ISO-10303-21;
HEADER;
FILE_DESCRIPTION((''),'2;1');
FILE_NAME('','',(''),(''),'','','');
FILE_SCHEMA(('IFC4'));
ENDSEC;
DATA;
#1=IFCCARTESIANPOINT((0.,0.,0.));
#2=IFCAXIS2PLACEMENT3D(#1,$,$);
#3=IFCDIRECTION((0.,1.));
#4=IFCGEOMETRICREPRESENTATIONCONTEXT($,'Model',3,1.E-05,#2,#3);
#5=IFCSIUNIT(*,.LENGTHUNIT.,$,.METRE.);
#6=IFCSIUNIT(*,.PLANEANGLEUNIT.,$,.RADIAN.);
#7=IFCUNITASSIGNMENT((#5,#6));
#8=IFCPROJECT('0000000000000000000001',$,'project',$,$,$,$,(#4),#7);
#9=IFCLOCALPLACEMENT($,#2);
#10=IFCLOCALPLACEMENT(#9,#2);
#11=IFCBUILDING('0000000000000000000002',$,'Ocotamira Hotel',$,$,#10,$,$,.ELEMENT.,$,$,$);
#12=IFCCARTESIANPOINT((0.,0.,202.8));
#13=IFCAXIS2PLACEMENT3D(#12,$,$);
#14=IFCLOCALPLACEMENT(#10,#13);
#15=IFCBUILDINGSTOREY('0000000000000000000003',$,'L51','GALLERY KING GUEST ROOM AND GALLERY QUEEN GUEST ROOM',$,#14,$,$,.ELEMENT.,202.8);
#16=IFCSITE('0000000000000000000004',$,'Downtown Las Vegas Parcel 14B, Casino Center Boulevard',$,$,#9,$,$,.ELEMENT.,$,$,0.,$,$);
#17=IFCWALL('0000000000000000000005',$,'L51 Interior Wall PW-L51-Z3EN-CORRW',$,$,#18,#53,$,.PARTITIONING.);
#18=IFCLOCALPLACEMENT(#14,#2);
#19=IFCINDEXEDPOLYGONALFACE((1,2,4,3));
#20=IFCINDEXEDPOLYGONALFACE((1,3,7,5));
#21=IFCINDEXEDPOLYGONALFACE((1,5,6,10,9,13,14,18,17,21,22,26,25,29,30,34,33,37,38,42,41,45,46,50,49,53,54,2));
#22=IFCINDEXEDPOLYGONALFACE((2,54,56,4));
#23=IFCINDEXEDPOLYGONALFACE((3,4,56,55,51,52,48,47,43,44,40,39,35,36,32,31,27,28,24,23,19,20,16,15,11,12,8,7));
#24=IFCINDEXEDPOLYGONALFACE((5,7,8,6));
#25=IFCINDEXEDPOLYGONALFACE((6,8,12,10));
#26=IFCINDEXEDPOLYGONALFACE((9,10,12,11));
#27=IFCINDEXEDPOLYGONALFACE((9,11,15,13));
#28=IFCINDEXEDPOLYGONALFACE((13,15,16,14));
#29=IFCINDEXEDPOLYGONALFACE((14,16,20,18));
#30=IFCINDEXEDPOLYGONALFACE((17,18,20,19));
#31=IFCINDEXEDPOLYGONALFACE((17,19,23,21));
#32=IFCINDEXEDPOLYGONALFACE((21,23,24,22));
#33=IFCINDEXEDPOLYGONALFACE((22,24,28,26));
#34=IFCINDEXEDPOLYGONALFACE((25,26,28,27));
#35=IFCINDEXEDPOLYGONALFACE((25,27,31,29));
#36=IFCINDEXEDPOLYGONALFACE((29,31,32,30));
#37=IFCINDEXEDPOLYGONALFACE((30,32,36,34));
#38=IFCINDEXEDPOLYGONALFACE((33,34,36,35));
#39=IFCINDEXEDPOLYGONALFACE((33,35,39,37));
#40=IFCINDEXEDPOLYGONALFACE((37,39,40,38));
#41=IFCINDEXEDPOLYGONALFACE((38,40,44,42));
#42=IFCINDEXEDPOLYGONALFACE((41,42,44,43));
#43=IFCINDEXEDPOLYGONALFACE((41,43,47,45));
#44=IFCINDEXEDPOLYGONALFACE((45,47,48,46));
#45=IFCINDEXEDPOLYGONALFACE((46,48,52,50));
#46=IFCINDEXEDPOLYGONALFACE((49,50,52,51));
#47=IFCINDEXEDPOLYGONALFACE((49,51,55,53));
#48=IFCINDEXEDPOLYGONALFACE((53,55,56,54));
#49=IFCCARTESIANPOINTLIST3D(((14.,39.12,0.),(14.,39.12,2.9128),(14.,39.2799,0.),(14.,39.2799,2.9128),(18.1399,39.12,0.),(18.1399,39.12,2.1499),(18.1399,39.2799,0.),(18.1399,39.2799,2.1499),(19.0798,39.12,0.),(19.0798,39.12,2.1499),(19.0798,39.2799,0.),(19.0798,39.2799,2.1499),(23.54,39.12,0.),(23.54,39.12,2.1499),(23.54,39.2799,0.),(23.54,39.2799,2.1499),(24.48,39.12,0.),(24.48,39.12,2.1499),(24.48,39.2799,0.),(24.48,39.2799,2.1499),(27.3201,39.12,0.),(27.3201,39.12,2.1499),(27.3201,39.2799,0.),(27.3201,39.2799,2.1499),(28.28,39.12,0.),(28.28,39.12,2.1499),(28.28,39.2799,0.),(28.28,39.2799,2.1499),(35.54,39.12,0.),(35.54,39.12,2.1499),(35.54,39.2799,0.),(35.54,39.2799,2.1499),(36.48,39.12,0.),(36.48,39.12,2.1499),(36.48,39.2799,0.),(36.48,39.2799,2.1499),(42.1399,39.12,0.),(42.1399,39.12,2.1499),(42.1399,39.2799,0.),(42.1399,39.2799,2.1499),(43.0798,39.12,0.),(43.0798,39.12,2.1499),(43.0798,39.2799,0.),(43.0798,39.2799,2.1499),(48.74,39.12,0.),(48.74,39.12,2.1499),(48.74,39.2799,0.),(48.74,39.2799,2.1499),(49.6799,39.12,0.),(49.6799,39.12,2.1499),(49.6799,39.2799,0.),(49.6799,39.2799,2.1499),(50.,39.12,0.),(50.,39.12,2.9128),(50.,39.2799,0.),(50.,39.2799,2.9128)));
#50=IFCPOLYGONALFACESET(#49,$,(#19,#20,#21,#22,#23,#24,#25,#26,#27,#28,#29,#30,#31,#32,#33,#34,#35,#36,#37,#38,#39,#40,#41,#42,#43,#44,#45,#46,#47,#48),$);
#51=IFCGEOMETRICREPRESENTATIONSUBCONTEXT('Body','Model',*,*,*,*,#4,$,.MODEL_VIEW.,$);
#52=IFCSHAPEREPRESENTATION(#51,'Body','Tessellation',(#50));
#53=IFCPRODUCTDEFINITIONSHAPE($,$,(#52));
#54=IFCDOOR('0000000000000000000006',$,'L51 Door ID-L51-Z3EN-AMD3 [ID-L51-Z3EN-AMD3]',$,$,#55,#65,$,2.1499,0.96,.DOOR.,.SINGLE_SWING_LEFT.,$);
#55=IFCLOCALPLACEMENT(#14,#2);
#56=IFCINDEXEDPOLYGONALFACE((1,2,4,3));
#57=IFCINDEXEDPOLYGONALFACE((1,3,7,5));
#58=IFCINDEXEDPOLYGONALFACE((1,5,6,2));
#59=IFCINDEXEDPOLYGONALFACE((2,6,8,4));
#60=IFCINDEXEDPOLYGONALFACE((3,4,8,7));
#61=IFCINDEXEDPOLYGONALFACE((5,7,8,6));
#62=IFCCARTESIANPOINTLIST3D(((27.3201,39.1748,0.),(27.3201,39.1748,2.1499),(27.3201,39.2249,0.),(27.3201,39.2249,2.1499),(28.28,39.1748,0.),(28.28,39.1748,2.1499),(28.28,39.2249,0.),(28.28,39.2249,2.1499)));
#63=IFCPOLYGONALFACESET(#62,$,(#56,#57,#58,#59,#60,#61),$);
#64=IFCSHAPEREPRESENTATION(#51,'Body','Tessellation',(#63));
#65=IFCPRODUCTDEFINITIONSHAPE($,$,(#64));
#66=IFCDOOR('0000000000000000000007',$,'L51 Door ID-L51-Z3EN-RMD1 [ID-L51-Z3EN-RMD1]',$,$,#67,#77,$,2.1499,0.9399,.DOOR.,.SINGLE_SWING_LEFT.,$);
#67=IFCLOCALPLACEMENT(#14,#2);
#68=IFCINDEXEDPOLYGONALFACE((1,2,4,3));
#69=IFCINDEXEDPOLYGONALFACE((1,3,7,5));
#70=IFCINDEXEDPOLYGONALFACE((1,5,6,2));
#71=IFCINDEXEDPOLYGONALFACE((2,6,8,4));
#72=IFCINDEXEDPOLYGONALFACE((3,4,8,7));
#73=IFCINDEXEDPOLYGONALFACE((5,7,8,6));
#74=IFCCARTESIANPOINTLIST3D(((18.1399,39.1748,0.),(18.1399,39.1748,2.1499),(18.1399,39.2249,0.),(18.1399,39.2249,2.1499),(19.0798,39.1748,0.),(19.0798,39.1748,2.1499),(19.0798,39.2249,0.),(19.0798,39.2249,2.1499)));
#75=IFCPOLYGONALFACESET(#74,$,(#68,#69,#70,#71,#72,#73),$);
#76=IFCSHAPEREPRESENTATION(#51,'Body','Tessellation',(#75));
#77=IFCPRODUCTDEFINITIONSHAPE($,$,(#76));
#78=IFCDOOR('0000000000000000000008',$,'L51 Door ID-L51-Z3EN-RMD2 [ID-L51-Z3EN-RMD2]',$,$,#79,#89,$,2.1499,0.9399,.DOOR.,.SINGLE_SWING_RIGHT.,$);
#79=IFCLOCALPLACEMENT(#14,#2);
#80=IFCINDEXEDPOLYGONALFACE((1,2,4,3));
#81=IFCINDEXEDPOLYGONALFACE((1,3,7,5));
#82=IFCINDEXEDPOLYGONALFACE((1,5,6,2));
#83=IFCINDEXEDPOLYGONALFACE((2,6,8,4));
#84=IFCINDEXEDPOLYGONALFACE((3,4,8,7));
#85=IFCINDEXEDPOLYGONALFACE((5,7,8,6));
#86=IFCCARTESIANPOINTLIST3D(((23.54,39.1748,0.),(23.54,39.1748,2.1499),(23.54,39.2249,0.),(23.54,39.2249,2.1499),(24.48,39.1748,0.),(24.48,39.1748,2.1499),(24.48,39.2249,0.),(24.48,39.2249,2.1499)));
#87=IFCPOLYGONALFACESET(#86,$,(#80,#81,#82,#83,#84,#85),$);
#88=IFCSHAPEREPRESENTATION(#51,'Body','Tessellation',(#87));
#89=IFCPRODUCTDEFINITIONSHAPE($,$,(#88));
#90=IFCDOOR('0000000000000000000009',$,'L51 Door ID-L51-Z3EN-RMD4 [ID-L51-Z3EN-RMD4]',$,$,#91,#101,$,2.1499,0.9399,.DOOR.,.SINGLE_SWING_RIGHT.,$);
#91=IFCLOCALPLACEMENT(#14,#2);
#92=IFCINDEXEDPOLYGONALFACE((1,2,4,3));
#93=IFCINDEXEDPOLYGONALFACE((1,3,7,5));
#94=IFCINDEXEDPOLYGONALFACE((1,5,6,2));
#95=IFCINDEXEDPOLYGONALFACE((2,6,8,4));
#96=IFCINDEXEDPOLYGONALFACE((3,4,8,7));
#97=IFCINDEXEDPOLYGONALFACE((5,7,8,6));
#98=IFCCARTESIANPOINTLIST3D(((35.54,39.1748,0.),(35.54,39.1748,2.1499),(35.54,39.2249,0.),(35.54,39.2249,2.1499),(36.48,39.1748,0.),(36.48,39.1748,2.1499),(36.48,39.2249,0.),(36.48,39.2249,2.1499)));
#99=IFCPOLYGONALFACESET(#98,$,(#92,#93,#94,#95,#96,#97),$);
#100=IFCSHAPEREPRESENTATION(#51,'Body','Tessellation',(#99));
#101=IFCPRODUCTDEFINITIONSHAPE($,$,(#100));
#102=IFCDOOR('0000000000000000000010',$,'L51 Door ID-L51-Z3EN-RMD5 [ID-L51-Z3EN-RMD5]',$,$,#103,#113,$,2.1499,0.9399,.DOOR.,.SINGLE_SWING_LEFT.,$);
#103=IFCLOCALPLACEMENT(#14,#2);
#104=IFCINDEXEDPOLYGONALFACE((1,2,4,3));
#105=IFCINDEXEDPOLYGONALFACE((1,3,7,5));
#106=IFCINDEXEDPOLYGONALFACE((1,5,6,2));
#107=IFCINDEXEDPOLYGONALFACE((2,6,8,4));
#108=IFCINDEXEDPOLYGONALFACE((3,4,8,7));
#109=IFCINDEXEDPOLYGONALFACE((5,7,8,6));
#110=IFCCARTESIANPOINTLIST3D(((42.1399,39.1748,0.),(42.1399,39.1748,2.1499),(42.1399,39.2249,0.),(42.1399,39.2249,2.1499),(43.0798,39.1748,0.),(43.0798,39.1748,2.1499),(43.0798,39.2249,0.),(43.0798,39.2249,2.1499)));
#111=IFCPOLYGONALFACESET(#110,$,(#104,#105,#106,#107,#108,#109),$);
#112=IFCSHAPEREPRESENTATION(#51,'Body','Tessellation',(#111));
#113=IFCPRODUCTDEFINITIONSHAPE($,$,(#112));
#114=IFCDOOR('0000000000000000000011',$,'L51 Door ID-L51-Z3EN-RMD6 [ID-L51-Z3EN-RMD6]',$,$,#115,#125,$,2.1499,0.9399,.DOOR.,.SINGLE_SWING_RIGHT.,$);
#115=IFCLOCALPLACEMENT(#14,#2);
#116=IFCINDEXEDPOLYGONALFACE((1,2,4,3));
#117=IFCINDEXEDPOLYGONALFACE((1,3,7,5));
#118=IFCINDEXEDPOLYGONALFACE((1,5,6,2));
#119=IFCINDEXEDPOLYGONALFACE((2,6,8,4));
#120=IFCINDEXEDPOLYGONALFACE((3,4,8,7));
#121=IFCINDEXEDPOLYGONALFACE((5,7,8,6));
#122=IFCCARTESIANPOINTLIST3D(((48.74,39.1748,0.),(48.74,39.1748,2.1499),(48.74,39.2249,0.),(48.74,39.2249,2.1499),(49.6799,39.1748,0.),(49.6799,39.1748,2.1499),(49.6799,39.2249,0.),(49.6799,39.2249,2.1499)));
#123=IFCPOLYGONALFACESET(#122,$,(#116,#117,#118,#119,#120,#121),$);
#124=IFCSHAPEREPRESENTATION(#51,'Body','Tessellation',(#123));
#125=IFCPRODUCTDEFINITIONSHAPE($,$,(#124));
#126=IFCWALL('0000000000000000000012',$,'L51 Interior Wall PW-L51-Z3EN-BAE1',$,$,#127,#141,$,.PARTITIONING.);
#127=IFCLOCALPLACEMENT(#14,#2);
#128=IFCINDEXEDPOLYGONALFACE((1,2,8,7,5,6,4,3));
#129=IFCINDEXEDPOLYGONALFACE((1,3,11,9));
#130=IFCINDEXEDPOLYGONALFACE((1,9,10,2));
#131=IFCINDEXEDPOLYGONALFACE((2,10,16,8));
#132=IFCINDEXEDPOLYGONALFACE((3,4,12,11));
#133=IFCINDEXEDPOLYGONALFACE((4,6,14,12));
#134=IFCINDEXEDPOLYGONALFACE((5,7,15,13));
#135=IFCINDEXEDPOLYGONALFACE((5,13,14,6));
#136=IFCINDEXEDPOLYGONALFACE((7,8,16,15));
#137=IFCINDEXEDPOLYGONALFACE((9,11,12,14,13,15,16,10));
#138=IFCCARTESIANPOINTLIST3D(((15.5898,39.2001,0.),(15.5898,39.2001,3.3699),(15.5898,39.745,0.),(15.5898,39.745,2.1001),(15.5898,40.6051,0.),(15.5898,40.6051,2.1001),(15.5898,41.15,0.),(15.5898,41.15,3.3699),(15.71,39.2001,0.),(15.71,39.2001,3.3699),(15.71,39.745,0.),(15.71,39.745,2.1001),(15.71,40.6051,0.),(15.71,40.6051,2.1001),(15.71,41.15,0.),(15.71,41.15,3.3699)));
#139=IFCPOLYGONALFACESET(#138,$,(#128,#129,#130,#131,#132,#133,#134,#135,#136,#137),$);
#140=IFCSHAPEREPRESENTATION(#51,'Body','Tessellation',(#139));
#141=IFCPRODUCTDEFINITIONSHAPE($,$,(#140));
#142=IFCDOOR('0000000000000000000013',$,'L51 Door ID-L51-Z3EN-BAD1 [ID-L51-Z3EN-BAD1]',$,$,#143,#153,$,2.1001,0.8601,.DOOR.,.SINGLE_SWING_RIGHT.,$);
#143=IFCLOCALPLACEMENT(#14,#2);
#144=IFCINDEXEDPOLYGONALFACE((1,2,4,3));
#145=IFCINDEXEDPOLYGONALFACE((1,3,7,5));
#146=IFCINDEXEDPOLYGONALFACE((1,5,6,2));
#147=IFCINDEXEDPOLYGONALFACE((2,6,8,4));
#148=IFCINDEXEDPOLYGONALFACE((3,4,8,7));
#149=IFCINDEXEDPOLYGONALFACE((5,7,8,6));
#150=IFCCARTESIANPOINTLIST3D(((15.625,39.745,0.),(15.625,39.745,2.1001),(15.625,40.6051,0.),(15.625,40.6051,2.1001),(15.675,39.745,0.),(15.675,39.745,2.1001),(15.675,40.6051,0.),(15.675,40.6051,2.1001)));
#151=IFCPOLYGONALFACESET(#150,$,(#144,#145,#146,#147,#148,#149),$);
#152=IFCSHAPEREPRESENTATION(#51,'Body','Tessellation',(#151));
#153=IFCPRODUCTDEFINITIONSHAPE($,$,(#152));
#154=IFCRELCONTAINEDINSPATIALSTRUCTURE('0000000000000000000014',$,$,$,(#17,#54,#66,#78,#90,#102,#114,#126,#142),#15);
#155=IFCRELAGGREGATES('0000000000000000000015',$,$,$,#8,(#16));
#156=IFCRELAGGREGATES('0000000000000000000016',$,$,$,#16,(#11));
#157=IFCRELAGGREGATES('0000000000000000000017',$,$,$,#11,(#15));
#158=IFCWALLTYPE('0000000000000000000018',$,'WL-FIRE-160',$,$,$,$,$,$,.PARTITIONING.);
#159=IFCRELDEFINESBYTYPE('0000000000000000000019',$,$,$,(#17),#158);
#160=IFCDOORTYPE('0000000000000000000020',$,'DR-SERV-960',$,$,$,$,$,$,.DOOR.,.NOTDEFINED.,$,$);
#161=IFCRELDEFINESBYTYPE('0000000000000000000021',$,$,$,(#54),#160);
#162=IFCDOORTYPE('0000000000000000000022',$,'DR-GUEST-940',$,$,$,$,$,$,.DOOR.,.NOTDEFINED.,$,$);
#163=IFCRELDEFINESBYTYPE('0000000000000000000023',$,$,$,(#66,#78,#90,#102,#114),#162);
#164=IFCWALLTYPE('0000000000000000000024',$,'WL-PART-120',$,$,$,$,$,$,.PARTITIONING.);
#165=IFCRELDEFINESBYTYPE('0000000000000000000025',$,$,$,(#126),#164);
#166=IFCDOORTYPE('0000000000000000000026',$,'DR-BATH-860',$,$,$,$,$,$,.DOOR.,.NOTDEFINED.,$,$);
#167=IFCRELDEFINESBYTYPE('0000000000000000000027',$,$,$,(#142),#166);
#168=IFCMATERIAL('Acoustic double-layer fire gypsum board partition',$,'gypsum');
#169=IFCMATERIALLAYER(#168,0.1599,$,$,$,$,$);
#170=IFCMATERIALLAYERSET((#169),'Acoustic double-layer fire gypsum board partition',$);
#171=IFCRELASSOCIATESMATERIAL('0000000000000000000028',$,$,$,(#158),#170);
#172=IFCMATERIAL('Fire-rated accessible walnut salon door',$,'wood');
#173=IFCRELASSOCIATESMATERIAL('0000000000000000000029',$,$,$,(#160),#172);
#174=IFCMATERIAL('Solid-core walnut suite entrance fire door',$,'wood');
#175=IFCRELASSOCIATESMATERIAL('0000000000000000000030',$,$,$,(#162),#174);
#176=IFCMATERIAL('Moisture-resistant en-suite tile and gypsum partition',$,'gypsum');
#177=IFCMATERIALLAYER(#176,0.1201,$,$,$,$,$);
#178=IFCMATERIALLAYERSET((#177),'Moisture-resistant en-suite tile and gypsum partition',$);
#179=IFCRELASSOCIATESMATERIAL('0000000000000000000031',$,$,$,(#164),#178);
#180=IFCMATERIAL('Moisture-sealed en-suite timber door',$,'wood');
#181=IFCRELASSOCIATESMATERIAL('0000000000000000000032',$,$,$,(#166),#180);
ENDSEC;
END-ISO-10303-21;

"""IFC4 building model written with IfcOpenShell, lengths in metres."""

from ifc_helpers import new_model, si_unit, direction, frame, frame_2d, origin, place, context, subcontext, project, spatial, rectangle, extrude, source, transform, mapped, material, layer, layer_set, type_object, element, fill, save


model = new_model("IFC4")

# Units and contexts
model_context = context("Model", 3, precision=1e-05, world=origin(), true_north=direction((0.0, 1.0)))
body_context = subcontext(model_context, "Body", "Model", "MODEL_VIEW")
ifc_project = project(units=[si_unit("LENGTHUNIT", "METRE"), si_unit("PLANEANGLEUNIT", "RADIAN")], contexts=[model_context])

# Site, building, storey
site_placement = place(None, origin())
site = spatial("IfcSite", under=ifc_project, at=site_placement, Name="Downtown Las Vegas Parcel 14B, Casino Center Boulevard", CompositionType="ELEMENT", RefElevation=0.0)
building_placement = place(site_placement, origin())
building = spatial("IfcBuilding", under=site, at=building_placement, Name="Ocotamira Hotel", CompositionType="ELEMENT")
storey_placement = place(building_placement, frame((0.0, 0.0, 202.8)))
storey = spatial("IfcBuildingStorey", under=building, at=storey_placement, Name="L51", Description="GALLERY KING GUEST ROOM AND GALLERY QUEEN GUEST ROOM", CompositionType="ELEMENT", Elevation=202.8)

# Shared definitions
ifc_material_1 = material(Name="Acoustic double-layer fire gypsum board partition", Category="gypsum")
ifc_layer_1 = layer(ifc_material_1, 0.1599)
ifc_layer_set_1 = layer_set([ifc_layer_1], Name="Acoustic double-layer fire gypsum board partition")
wall_type_1 = type_object("IfcWallType", Name="WL-FIRE-160", PredefinedType="PARTITIONING", material=ifc_layer_set_1)
ifc_material_2 = material(Name="Fire-rated accessible walnut salon door", Category="wood")
door_type_1 = type_object("IfcDoorType", Name="DR-SERV-960", OperationType="NOTDEFINED", PredefinedType="DOOR", material=ifc_material_2)
shared_shape_1 = source(origin(), body_context, "Body", "SweptSolid", [
    extrude(rectangle(XDim=0.96, YDim=2.1499, at=frame_2d((0.48, 1.075))), frame((0.0, 0.0249, 0.0), z_axis=(0.0, -1.0, 0.0), x_axis=(1.0, 0.0, 0.0)), (0.0, 0.0, 1.0), 0.05),
])

# Wall, openings, doors
wall_1_placement = place(storey_placement, frame((14.0, 39.2, 0.0), z_axis=(0.0, 0.0, 1.0), x_axis=(1.0, 0.0, 0.0)))
wall_1 = element("IfcWall", 1, at=wall_1_placement, inside=storey, type_object=wall_type_1, Name="L51 Interior Wall PW-L51-Z3EN-CORRW", PredefinedType="PARTITIONING", context=body_context, shape_type="SweptSolid", body=[
    extrude(rectangle(XDim=36.0, YDim=0.1599, at=frame_2d((18.0, 0.0))), origin(), (0.0, 0.0, 1.0), 2.9128),
])
opening_1_placement = place(wall_1_placement, frame((4.1399, 0.0, 0.0)))
opening_1 = element("IfcOpeningElement", 2, at=opening_1_placement, cuts=wall_1, PredefinedType="OPENING", context=body_context, shape_type="SweptSolid", body=[
    extrude(rectangle(XDim=0.9399, YDim=2.1499, at=frame_2d((0.47, 1.075))), frame((0.0, 0.0898, 0.0), z_axis=(0.0, -1.0, 0.0), x_axis=(1.0, 0.0, 0.0)), (0.0, 0.0, 1.0), 0.1799),
])
opening_2_placement = place(wall_1_placement, frame((9.54, 0.0, 0.0)))
opening_2 = element("IfcOpeningElement", 3, at=opening_2_placement, cuts=wall_1, PredefinedType="OPENING", context=body_context, shape_type="SweptSolid", body=[
    extrude(rectangle(XDim=0.9399, YDim=2.1499, at=frame_2d((0.47, 1.075))), frame((0.0, 0.0898, 0.0), z_axis=(0.0, -1.0, 0.0), x_axis=(1.0, 0.0, 0.0)), (0.0, 0.0, 1.0), 0.1799),
])
opening_3_placement = place(wall_1_placement, frame((13.3201, 0.0, 0.0)))
opening_3 = element("IfcOpeningElement", 4, at=opening_3_placement, cuts=wall_1, PredefinedType="OPENING", context=body_context, shape_type="SweptSolid", body=[
    extrude(rectangle(XDim=0.96, YDim=2.1499, at=frame_2d((0.48, 1.075))), frame((0.0, 0.0898, 0.0), z_axis=(0.0, -1.0, 0.0), x_axis=(1.0, 0.0, 0.0)), (0.0, 0.0, 1.0), 0.1799),
])
opening_4_placement = place(wall_1_placement, frame((21.54, 0.0, 0.0)))
opening_4 = element("IfcOpeningElement", 5, at=opening_4_placement, cuts=wall_1, PredefinedType="OPENING", context=body_context, shape_type="SweptSolid", body=[
    extrude(rectangle(XDim=0.9399, YDim=2.1499, at=frame_2d((0.47, 1.075))), frame((0.0, 0.0898, 0.0), z_axis=(0.0, -1.0, 0.0), x_axis=(1.0, 0.0, 0.0)), (0.0, 0.0, 1.0), 0.1799),
])
opening_5_placement = place(wall_1_placement, frame((28.1399, 0.0, 0.0)))
opening_5 = element("IfcOpeningElement", 6, at=opening_5_placement, cuts=wall_1, PredefinedType="OPENING", context=body_context, shape_type="SweptSolid", body=[
    extrude(rectangle(XDim=0.9399, YDim=2.1499, at=frame_2d((0.47, 1.075))), frame((0.0, 0.0898, 0.0), z_axis=(0.0, -1.0, 0.0), x_axis=(1.0, 0.0, 0.0)), (0.0, 0.0, 1.0), 0.1799),
])
opening_6_placement = place(wall_1_placement, frame((34.74, 0.0, 0.0)))
opening_6 = element("IfcOpeningElement", 7, at=opening_6_placement, cuts=wall_1, PredefinedType="OPENING", context=body_context, shape_type="SweptSolid", body=[
    extrude(rectangle(XDim=0.9399, YDim=2.1499, at=frame_2d((0.47, 1.075))), frame((0.0, 0.0898, 0.0), z_axis=(0.0, -1.0, 0.0), x_axis=(1.0, 0.0, 0.0)), (0.0, 0.0, 1.0), 0.1799),
])
door_1_placement = place(opening_3_placement, origin())
door_1 = element("IfcDoor", 8, at=door_1_placement, inside=storey, type_object=door_type_1, Name="L51 Door ID-L51-Z3EN-AMD3 [ID-L51-Z3EN-AMD3]", OperationType="SINGLE_SWING_LEFT", OverallHeight=2.1499, OverallWidth=0.96, PredefinedType="DOOR", context=body_context, shape_type="MappedRepresentation", body=[
    mapped(shared_shape_1, transform((0.0, 0.0, 0.0), scale=1.0)),
])
fill(opening_3, door_1)
ifc_material_3 = material(Name="Solid-core walnut suite entrance fire door", Category="wood")
door_type_2 = type_object("IfcDoorType", Name="DR-GUEST-940", OperationType="NOTDEFINED", PredefinedType="DOOR", material=ifc_material_3)
shared_shape_2 = source(origin(), body_context, "Body", "SweptSolid", [
    extrude(rectangle(XDim=0.9399, YDim=2.1499, at=frame_2d((0.47, 1.075))), frame((0.0, 0.0249, 0.0), z_axis=(0.0, -1.0, 0.0), x_axis=(1.0, 0.0, 0.0)), (0.0, 0.0, 1.0), 0.05),
])
door_2_placement = place(opening_1_placement, origin())
door_2 = element("IfcDoor", 9, at=door_2_placement, inside=storey, type_object=door_type_2, Name="L51 Door ID-L51-Z3EN-RMD1 [ID-L51-Z3EN-RMD1]", OperationType="SINGLE_SWING_LEFT", OverallHeight=2.1499, OverallWidth=0.9399, PredefinedType="DOOR", context=body_context, shape_type="MappedRepresentation", body=[
    mapped(shared_shape_2, transform((0.0, 0.0, 0.0), scale=1.0)),
])
fill(opening_1, door_2)
door_3_placement = place(opening_2_placement, origin())
door_3 = element("IfcDoor", 10, at=door_3_placement, inside=storey, type_object=door_type_2, Name="L51 Door ID-L51-Z3EN-RMD2 [ID-L51-Z3EN-RMD2]", OperationType="SINGLE_SWING_RIGHT", OverallHeight=2.1499, OverallWidth=0.9399, PredefinedType="DOOR", context=body_context, shape_type="MappedRepresentation", body=[
    mapped(shared_shape_2, transform((0.0, 0.0, 0.0), scale=1.0)),
])
fill(opening_2, door_3)
door_4_placement = place(opening_4_placement, origin())
door_4 = element("IfcDoor", 11, at=door_4_placement, inside=storey, type_object=door_type_2, Name="L51 Door ID-L51-Z3EN-RMD4 [ID-L51-Z3EN-RMD4]", OperationType="SINGLE_SWING_RIGHT", OverallHeight=2.1499, OverallWidth=0.9399, PredefinedType="DOOR", context=body_context, shape_type="MappedRepresentation", body=[
    mapped(shared_shape_2, transform((0.0, 0.0, 0.0), scale=1.0)),
])
fill(opening_4, door_4)
door_5_placement = place(opening_5_placement, origin())
door_5 = element("IfcDoor", 12, at=door_5_placement, inside=storey, type_object=door_type_2, Name="L51 Door ID-L51-Z3EN-RMD5 [ID-L51-Z3EN-RMD5]", OperationType="SINGLE_SWING_LEFT", OverallHeight=2.1499, OverallWidth=0.9399, PredefinedType="DOOR", context=body_context, shape_type="MappedRepresentation", body=[
    mapped(shared_shape_2, transform((0.0, 0.0, 0.0), scale=1.0)),
])
fill(opening_5, door_5)
door_6_placement = place(opening_6_placement, origin())
door_6 = element("IfcDoor", 13, at=door_6_placement, inside=storey, type_object=door_type_2, Name="L51 Door ID-L51-Z3EN-RMD6 [ID-L51-Z3EN-RMD6]", OperationType="SINGLE_SWING_RIGHT", OverallHeight=2.1499, OverallWidth=0.9399, PredefinedType="DOOR", context=body_context, shape_type="MappedRepresentation", body=[
    mapped(shared_shape_2, transform((0.0, 0.0, 0.0), scale=1.0)),
])
fill(opening_6, door_6)

# Wall, opening, door
ifc_material_4 = material(Name="Moisture-resistant en-suite tile and gypsum partition", Category="gypsum")
ifc_layer_2 = layer(ifc_material_4, 0.1201)
ifc_layer_set_2 = layer_set([ifc_layer_2], Name="Moisture-resistant en-suite tile and gypsum partition")
wall_type_2 = type_object("IfcWallType", Name="WL-PART-120", PredefinedType="PARTITIONING", material=ifc_layer_set_2)
wall_2_placement = place(storey_placement, frame((15.6499, 39.2, 0.0), z_axis=(0.0, 0.0, 1.0), x_axis=(0.0, 1.0, 0.0)))
wall_2 = element("IfcWall", 14, at=wall_2_placement, inside=storey, type_object=wall_type_2, Name="L51 Interior Wall PW-L51-Z3EN-BAE1", PredefinedType="PARTITIONING", context=body_context, shape_type="SweptSolid", body=[
    extrude(rectangle(XDim=1.95, YDim=0.1201, at=frame_2d((0.9751, 0.0))), origin(), (0.0, 0.0, 1.0), 3.3699),
])
opening_7_placement = place(wall_2_placement, frame((0.5449, 0.0, 0.0)))
opening_7 = element("IfcOpeningElement", 15, at=opening_7_placement, cuts=wall_2, PredefinedType="OPENING", context=body_context, shape_type="SweptSolid", body=[
    extrude(rectangle(XDim=0.8601, YDim=2.1001, at=frame_2d((0.4302, 1.05))), frame((0.0, 0.0701, 0.0), z_axis=(0.0, -1.0, 0.0), x_axis=(1.0, 0.0, 0.0)), (0.0, 0.0, 1.0), 0.1401),
])
ifc_material_5 = material(Name="Moisture-sealed en-suite timber door", Category="wood")
door_type_3 = type_object("IfcDoorType", Name="DR-BATH-860", OperationType="NOTDEFINED", PredefinedType="DOOR", material=ifc_material_5)
shared_shape_3 = source(origin(), body_context, "Body", "SweptSolid", [
    extrude(rectangle(XDim=0.8601, YDim=2.1001, at=frame_2d((0.4302, 1.05))), frame((0.0, 0.0249, 0.0), z_axis=(0.0, -1.0, 0.0), x_axis=(1.0, 0.0, 0.0)), (0.0, 0.0, 1.0), 0.05),
])
door_7_placement = place(opening_7_placement, origin())
door_7 = element("IfcDoor", 16, at=door_7_placement, inside=storey, type_object=door_type_3, Name="L51 Door ID-L51-Z3EN-BAD1 [ID-L51-Z3EN-BAD1]", OperationType="SINGLE_SWING_RIGHT", OverallHeight=2.1001, OverallWidth=0.8601, PredefinedType="DOOR", context=body_context, shape_type="MappedRepresentation", body=[
    mapped(shared_shape_3, transform((0.0, 0.0, 0.0), scale=1.0)),
])
fill(opening_7, door_7)

save(model, "model.ifc")
